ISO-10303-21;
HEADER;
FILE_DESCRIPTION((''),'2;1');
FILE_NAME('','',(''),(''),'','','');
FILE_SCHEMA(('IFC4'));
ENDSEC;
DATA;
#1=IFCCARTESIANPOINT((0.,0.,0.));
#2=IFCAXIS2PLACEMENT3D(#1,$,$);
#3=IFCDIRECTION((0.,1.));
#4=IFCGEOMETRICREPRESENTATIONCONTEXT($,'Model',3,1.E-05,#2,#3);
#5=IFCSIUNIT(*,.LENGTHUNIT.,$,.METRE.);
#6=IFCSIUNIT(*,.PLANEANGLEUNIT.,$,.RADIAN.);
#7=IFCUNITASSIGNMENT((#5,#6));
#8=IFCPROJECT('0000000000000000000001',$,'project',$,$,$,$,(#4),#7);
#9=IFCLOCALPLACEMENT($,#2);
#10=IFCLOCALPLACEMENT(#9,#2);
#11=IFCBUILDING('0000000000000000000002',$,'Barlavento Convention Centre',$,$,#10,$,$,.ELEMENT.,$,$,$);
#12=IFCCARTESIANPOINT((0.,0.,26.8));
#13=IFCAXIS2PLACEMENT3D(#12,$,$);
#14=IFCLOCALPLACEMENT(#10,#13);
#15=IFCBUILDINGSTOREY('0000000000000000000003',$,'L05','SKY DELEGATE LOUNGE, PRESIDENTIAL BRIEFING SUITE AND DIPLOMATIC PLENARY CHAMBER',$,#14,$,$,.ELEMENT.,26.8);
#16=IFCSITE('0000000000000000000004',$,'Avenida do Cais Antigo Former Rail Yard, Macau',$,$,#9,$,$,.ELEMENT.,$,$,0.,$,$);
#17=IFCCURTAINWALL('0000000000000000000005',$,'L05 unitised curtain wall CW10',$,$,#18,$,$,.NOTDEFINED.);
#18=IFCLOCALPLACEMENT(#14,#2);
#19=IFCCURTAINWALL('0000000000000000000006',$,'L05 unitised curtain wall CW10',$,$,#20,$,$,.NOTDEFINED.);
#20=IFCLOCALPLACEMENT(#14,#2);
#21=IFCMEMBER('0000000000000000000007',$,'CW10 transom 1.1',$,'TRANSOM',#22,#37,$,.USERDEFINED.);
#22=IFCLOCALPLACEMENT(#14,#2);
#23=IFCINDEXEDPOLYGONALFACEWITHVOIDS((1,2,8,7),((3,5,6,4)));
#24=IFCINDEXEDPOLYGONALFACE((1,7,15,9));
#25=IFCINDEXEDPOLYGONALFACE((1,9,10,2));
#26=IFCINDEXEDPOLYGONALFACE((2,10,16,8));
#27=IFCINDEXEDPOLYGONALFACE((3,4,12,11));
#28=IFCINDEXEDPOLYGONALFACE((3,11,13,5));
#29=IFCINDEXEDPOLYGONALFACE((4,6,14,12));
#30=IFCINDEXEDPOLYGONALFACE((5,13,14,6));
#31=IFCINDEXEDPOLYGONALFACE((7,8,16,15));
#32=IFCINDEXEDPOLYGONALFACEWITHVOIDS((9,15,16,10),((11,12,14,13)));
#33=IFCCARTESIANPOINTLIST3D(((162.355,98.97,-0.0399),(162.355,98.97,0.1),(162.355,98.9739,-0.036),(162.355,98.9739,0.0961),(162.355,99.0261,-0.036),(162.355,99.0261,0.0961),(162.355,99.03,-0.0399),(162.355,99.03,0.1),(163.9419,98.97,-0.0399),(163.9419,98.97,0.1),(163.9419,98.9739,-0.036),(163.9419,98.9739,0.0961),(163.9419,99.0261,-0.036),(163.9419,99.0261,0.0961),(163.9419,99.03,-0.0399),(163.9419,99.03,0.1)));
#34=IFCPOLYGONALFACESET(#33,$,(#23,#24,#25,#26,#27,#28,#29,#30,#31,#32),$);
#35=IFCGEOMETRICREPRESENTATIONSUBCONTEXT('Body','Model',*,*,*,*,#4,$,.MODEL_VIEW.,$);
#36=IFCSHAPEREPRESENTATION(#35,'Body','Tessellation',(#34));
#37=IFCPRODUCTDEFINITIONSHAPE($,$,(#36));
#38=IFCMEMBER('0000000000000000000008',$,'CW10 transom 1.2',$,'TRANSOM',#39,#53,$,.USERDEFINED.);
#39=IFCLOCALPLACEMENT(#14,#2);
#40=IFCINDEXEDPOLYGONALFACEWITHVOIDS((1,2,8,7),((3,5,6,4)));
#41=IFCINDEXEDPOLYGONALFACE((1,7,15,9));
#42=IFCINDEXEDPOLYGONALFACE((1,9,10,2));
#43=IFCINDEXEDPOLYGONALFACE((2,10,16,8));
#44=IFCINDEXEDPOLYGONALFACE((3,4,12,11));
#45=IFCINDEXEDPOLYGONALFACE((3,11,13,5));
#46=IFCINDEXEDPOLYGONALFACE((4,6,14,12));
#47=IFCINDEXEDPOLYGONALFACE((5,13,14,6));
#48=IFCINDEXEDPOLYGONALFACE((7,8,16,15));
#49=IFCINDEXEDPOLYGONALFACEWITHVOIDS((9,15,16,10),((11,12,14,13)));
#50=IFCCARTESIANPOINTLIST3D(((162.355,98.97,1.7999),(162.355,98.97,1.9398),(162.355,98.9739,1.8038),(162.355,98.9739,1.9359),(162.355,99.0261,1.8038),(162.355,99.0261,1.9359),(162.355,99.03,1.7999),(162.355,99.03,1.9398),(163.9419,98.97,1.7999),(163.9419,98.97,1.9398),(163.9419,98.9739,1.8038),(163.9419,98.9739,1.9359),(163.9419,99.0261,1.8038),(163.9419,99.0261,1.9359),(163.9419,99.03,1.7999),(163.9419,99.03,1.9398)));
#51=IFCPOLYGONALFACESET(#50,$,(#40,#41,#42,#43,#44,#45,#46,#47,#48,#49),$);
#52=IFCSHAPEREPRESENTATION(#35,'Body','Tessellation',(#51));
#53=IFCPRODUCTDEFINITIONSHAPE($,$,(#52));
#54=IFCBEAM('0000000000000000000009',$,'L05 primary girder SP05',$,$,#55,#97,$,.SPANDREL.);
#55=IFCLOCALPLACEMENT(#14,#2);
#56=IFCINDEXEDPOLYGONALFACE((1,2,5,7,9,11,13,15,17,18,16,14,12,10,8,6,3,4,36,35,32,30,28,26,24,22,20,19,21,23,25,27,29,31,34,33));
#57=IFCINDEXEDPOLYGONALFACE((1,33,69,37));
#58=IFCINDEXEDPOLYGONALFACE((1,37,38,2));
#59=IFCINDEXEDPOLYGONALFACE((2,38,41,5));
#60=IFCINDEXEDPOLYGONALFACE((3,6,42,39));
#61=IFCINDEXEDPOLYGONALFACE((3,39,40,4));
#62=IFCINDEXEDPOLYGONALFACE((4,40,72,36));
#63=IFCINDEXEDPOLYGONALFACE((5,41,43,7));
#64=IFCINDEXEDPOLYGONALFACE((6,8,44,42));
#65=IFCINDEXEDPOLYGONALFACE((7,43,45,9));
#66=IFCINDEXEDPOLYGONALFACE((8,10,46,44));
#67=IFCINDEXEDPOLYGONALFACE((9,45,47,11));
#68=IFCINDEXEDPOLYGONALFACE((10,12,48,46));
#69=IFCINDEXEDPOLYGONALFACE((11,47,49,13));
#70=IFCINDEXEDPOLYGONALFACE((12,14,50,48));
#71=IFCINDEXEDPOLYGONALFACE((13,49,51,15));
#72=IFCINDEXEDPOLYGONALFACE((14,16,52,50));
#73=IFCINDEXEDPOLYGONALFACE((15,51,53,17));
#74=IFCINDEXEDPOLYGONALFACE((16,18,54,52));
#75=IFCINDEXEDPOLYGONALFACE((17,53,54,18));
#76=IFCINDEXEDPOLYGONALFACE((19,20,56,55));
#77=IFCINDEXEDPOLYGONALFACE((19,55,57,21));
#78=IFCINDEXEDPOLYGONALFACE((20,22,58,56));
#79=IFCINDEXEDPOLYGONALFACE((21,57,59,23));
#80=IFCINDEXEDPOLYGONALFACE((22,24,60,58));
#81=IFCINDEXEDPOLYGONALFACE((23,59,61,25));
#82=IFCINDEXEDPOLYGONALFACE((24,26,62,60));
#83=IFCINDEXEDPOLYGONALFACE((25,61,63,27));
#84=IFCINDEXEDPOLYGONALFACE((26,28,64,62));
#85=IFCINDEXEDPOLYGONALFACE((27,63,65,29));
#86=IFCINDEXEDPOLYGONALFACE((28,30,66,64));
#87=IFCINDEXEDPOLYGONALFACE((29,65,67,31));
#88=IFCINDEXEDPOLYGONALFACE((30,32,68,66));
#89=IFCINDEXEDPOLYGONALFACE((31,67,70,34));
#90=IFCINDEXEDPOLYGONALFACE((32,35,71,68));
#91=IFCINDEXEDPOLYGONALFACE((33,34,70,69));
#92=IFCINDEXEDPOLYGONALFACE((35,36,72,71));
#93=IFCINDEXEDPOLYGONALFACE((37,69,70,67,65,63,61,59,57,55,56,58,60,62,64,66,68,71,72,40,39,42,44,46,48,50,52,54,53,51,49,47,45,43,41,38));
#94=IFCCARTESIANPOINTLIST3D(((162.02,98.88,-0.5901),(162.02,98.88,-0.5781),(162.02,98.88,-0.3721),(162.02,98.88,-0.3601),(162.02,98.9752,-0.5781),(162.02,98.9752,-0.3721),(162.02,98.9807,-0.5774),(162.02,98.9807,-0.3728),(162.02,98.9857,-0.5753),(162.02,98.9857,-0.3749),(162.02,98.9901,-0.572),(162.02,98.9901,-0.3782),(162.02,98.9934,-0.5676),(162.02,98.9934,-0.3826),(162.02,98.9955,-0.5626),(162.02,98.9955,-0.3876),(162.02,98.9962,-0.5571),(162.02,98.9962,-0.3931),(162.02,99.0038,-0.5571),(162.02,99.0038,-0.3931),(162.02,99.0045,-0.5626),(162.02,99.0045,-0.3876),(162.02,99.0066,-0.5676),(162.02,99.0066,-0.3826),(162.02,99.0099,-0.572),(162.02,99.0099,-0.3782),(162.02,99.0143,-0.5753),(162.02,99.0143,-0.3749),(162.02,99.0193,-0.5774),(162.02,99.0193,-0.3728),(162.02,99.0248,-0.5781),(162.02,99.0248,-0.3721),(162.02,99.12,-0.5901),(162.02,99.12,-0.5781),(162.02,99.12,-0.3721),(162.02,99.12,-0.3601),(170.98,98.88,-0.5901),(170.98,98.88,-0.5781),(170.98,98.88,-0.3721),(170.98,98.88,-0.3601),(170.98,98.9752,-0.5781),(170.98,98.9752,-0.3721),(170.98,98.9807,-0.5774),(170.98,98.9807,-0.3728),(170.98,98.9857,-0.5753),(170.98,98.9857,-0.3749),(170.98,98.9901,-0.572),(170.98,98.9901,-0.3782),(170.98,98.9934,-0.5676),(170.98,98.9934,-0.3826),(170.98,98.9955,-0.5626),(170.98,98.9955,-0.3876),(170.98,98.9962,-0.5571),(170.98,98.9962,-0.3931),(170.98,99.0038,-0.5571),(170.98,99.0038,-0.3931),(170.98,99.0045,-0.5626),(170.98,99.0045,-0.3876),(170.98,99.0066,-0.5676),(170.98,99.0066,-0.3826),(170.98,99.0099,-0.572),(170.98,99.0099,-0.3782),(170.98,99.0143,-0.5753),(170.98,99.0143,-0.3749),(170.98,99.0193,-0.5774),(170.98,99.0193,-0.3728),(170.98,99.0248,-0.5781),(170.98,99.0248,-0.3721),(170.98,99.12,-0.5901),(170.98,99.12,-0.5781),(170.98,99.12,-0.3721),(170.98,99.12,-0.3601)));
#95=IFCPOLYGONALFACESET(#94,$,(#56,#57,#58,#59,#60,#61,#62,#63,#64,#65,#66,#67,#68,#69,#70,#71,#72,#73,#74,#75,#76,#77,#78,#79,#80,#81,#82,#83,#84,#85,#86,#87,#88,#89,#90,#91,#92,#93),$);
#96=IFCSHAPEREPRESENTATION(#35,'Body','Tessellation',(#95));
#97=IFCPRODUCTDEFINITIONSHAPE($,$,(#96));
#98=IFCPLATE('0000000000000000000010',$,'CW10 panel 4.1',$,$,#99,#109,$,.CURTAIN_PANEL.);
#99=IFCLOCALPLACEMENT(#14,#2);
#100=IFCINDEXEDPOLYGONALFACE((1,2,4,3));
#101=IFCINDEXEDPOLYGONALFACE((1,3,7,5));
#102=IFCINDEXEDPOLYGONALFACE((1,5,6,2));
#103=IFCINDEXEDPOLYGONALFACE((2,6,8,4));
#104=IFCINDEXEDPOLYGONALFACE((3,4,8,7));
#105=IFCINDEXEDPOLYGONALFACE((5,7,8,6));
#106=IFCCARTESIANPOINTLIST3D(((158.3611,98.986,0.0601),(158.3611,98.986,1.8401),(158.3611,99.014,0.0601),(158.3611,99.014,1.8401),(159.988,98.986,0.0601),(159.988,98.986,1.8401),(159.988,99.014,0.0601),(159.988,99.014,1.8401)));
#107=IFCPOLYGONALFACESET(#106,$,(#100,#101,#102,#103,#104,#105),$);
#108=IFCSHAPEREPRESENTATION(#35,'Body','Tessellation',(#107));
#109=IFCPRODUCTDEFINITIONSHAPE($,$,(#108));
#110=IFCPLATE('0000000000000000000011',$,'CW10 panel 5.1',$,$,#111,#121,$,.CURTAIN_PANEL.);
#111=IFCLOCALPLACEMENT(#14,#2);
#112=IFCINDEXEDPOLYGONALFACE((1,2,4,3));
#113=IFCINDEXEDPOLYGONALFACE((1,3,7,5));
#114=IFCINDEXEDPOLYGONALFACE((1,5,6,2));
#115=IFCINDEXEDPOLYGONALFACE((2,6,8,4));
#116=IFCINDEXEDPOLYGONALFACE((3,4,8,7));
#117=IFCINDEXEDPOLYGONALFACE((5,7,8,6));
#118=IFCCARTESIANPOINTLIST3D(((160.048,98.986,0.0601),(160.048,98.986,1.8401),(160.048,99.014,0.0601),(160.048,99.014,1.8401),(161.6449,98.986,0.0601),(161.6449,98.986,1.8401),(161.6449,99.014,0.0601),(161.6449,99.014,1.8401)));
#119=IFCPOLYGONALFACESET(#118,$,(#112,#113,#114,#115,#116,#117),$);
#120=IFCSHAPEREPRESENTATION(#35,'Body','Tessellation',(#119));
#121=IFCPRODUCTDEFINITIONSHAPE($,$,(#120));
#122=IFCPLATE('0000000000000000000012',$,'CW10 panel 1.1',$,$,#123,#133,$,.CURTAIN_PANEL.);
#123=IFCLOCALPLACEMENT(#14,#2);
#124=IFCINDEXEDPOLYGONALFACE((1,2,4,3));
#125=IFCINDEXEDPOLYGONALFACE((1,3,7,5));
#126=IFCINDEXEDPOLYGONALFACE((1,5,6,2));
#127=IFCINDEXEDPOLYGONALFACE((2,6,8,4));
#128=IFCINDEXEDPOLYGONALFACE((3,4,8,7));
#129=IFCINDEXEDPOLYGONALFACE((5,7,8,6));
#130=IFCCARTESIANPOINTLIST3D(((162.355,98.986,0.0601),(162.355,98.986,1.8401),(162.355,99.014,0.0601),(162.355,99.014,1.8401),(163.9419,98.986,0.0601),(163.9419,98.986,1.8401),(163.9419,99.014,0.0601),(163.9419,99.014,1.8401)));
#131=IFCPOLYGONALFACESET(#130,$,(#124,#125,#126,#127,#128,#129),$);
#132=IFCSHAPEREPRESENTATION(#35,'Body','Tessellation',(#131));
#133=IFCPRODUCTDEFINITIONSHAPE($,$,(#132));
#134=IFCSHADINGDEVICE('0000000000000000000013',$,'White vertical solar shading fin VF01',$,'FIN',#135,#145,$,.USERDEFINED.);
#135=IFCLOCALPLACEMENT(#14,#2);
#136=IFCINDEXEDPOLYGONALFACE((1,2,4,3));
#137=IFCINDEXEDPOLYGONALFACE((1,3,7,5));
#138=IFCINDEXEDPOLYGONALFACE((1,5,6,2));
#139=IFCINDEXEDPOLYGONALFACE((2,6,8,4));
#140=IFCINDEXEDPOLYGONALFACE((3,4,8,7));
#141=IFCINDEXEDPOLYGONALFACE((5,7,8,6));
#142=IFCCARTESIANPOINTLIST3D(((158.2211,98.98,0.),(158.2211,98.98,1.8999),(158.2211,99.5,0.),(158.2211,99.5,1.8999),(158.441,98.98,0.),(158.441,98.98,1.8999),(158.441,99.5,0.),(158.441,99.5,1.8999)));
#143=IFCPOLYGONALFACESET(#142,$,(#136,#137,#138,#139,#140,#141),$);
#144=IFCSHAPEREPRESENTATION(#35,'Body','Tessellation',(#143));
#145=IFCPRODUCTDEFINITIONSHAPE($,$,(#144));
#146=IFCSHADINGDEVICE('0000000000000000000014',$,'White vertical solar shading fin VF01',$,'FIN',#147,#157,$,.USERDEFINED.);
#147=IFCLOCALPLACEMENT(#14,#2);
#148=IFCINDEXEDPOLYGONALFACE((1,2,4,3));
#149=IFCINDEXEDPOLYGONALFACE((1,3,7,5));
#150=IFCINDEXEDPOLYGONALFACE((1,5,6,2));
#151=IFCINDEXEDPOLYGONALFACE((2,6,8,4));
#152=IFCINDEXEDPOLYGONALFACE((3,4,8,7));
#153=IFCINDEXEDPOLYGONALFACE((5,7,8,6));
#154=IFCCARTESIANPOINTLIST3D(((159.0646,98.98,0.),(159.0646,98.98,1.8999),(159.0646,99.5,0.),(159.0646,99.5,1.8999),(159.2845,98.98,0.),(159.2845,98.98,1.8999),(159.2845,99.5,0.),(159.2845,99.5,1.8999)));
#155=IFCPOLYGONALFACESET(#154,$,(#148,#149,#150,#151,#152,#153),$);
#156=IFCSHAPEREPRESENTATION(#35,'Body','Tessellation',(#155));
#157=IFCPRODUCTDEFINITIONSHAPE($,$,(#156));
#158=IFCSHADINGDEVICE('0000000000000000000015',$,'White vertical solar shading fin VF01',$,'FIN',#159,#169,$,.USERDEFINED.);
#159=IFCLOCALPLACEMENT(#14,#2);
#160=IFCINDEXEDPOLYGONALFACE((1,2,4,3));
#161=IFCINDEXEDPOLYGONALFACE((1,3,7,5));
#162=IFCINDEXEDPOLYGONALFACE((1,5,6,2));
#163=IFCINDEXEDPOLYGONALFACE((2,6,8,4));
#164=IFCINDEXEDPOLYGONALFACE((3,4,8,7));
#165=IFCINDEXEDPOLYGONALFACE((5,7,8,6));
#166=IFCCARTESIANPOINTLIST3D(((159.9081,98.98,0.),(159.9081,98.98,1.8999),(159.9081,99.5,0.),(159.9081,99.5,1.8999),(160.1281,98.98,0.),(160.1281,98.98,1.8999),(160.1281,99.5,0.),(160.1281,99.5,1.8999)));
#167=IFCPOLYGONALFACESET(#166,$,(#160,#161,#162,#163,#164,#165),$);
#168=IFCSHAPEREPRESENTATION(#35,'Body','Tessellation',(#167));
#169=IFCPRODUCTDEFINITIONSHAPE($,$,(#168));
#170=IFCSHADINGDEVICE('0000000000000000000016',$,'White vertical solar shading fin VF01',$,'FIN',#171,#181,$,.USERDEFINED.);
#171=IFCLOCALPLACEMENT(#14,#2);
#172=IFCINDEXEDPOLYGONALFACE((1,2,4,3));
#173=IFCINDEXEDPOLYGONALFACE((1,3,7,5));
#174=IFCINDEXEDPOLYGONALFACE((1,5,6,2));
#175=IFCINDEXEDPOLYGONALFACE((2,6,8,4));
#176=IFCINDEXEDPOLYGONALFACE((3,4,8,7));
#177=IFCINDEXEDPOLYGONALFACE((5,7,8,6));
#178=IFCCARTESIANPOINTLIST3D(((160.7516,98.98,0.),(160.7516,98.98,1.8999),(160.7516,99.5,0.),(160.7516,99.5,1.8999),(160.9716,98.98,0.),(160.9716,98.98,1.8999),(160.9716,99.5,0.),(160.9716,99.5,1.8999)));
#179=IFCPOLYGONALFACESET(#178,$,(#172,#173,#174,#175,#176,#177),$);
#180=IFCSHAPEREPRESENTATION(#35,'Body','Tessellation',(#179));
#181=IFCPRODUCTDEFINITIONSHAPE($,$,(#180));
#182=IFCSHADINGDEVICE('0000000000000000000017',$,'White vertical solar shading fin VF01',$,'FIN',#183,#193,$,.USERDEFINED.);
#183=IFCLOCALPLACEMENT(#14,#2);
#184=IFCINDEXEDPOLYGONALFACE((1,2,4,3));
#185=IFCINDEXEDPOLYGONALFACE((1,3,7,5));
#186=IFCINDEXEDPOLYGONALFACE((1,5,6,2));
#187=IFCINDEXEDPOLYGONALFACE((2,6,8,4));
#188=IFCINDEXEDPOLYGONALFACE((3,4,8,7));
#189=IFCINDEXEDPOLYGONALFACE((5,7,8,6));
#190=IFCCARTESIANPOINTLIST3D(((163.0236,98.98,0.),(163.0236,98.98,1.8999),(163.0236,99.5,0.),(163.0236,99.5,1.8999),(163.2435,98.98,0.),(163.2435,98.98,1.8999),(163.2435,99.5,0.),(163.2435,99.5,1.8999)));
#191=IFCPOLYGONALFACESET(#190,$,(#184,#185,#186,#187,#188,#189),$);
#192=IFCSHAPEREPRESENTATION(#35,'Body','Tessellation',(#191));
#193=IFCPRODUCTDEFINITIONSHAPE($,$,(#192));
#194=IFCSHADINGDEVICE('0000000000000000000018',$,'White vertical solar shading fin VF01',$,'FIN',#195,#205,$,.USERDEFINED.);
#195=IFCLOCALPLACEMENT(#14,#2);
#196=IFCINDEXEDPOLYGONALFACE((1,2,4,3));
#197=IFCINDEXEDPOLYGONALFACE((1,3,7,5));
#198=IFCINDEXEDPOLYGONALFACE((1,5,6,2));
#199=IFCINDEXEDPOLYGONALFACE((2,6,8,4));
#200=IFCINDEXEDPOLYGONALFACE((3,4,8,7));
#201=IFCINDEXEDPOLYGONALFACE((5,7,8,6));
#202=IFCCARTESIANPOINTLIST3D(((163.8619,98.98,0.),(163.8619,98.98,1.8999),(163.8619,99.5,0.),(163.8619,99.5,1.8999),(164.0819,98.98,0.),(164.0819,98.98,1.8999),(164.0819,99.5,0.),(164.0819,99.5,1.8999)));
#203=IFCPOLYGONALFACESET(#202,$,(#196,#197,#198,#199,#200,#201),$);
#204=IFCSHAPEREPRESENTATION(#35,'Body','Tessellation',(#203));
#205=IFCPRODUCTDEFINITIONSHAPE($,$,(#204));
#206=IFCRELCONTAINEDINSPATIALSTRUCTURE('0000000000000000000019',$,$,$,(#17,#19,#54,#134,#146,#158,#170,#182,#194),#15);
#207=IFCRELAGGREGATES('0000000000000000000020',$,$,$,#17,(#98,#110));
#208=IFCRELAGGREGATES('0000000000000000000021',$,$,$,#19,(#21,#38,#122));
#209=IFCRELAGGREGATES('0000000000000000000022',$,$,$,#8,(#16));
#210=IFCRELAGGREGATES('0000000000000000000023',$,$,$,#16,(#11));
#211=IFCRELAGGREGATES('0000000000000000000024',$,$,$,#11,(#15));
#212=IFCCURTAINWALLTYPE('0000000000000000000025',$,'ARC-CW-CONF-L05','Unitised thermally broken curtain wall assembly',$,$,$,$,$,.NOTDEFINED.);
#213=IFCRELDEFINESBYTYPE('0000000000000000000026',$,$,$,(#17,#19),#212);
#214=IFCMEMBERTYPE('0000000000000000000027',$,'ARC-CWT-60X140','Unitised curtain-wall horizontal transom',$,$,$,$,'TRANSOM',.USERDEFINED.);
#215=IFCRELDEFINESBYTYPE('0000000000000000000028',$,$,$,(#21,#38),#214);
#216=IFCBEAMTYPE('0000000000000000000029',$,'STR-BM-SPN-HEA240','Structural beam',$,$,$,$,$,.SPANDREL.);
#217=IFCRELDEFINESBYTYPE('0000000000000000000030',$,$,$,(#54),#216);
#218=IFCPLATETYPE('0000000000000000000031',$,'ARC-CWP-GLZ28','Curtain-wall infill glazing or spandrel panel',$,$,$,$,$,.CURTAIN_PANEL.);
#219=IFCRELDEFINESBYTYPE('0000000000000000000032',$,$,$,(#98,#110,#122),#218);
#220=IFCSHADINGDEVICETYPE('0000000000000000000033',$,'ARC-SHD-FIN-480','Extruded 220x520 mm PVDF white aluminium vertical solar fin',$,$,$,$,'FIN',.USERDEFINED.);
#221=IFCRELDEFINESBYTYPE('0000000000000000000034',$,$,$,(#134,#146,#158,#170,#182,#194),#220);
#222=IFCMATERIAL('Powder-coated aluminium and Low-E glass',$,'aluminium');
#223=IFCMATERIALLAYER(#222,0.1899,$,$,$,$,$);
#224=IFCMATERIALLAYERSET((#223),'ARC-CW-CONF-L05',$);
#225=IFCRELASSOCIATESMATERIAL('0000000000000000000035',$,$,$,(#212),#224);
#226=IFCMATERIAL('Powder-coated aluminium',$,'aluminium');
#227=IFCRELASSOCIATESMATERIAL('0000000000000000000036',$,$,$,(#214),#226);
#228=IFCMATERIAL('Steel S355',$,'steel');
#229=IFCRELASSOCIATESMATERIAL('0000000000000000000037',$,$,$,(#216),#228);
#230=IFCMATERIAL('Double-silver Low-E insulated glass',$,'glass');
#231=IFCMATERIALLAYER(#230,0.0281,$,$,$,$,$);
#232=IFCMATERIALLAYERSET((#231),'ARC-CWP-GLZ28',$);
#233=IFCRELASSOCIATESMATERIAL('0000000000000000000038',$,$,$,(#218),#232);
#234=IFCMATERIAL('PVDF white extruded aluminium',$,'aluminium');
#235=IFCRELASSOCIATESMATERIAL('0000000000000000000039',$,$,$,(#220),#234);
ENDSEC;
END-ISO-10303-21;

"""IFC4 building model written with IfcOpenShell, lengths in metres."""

from ifc_helpers import new_model, si_unit, direction, frame, origin, origin_2d, place, context, subcontext, project, spatial, rectangle, hollow_rectangle, i_section, extrude, material, layer, layer_set, material_profile, profile_set, type_object, element, aggregate, save


model = new_model("IFC4")

# Units and contexts
model_context = context("Model", 3, precision=1e-05, world=origin(), true_north=direction((0.0, 1.0)))
body_context = subcontext(model_context, "Body", "Model", "MODEL_VIEW")
ifc_project = project(units=[si_unit("LENGTHUNIT", "METRE"), si_unit("PLANEANGLEUNIT", "RADIAN")], contexts=[model_context])

# Site, building, storey
site_placement = place(None, origin())
site = spatial("IfcSite", under=ifc_project, at=site_placement, Name="Avenida do Cais Antigo Former Rail Yard, Macau", CompositionType="ELEMENT", RefElevation=0.0)
building_placement = place(site_placement, origin())
building = spatial("IfcBuilding", under=site, at=building_placement, Name="Barlavento Convention Centre", CompositionType="ELEMENT")
storey_placement = place(building_placement, frame((0.0, 0.0, 26.8)))
storey = spatial("IfcBuildingStorey", under=building, at=storey_placement, Name="L05", Description="SKY DELEGATE LOUNGE, PRESIDENTIAL BRIEFING SUITE AND DIPLOMATIC PLENARY CHAMBER", CompositionType="ELEMENT", Elevation=26.8)

# Shared definitions
ifc_material_1 = material(Name="Steel S355", Category="steel")

# Curtain walls
ifc_material_2 = material(Name="Powder-coated aluminium and Low-E glass", Category="aluminium")
ifc_layer_1 = layer(ifc_material_2, 0.1899)
ifc_layer_set_1 = layer_set([ifc_layer_1], Name="ARC-CW-CONF-L05")
curtain_wall_type = type_object("IfcCurtainWallType", Name="ARC-CW-CONF-L05", Description="Unitised thermally broken curtain wall assembly", PredefinedType="NOTDEFINED", material=ifc_layer_set_1)
curtain_wall_1_placement = place(storey_placement, origin())
curtain_wall_1 = element("IfcCurtainWall", 1, at=curtain_wall_1_placement, inside=storey, type_object=curtain_wall_type, Name="L05 unitised curtain wall CW10", PredefinedType="NOTDEFINED")
ifc_material_3 = material(Name="Powder-coated aluminium", Category="aluminium")
curtain_wall_2_placement = place(storey_placement, origin())
curtain_wall_2 = element("IfcCurtainWall", 2, at=curtain_wall_2_placement, inside=storey, type_object=curtain_wall_type, Name="L05 unitised curtain wall CW10", PredefinedType="NOTDEFINED")

# Members
ifc_material_profile_1 = material_profile(ifc_material_3, hollow_rectangle(XDim=0.0601, YDim=0.1399, WallThickness=0.0039, at=origin_2d()), Name="AL-TRAN 60x140x4")
ifc_profile_set_1 = profile_set([ifc_material_profile_1], Name="Powder-coated aluminium")
member_type_1 = type_object("IfcMemberType", Name="ARC-CWT-60X140", Description="Unitised curtain-wall horizontal transom", ElementType="TRANSOM", PredefinedType="USERDEFINED", material=ifc_profile_set_1)
member_1_placement = place(storey_placement, frame((162.355, 99.0, 0.03), z_axis=(1.0, 0.0, 0.0), x_axis=(0.0, 1.0, 0.0)))
member_1 = element("IfcMember", 3, at=member_1_placement, type_object=member_type_1, Name="CW10 transom 1.1", ObjectType="TRANSOM", PredefinedType="USERDEFINED", context=body_context, shape_type="SweptSolid", body=[
    extrude(hollow_rectangle(XDim=0.0601, YDim=0.1399, WallThickness=0.0039, at=origin_2d()), origin(), (0.0, 0.0, 1.0), 1.5869),
])
member_2_placement = place(storey_placement, frame((162.355, 99.0, 1.8699), z_axis=(1.0, 0.0, 0.0), x_axis=(0.0, 1.0, 0.0)))
member_2 = element("IfcMember", 4, at=member_2_placement, type_object=member_type_1, Name="CW10 transom 1.2", ObjectType="TRANSOM", PredefinedType="USERDEFINED", context=body_context, shape_type="SweptSolid", body=[
    extrude(hollow_rectangle(XDim=0.0601, YDim=0.1399, WallThickness=0.0039, at=origin_2d()), origin(), (0.0, 0.0, 1.0), 1.5869),
])

# Beam
ifc_material_profile_2 = material_profile(ifc_material_1, i_section(OverallWidth=0.24, OverallDepth=0.23, WebThickness=0.0076, FlangeThickness=0.012, FilletRadius=0.021, at=origin_2d()), Name="HEA 240")
ifc_profile_set_2 = profile_set([ifc_material_profile_2], Name="Steel S355")
beam_type = type_object("IfcBeamType", Name="STR-BM-SPN-HEA240", Description="Structural beam", PredefinedType="SPANDREL", material=ifc_profile_set_2)
beam_placement = place(storey_placement, frame((162.02, 99.0, -0.4751), z_axis=(1.0, 0.0, 0.0), x_axis=(0.0, 1.0, 0.0)))
element("IfcBeam", 5, at=beam_placement, inside=storey, type_object=beam_type, Name="L05 primary girder SP05", PredefinedType="SPANDREL", context=body_context, shape_type="SweptSolid", body=[
    extrude(i_section(OverallWidth=0.24, OverallDepth=0.23, WebThickness=0.0076, FlangeThickness=0.012, FilletRadius=0.021, at=origin_2d()), origin(), (0.0, 0.0, 1.0), 8.96),
])

# Plates
ifc_material_4 = material(Name="Double-silver Low-E insulated glass", Category="glass")
ifc_layer_2 = layer(ifc_material_4, 0.0281)
ifc_layer_set_2 = layer_set([ifc_layer_2], Name="ARC-CWP-GLZ28")
plate_type = type_object("IfcPlateType", Name="ARC-CWP-GLZ28", Description="Curtain-wall infill glazing or spandrel panel", PredefinedType="CURTAIN_PANEL", material=ifc_layer_set_2)
plate_1_placement = place(storey_placement, frame((159.1746, 99.0, 0.0601), z_axis=(0.0, 0.0, 1.0), x_axis=(1.0, 0.0, 0.0)))
plate_1 = element("IfcPlate", 6, at=plate_1_placement, type_object=plate_type, Name="CW10 panel 4.1", PredefinedType="CURTAIN_PANEL", context=body_context, shape_type="SweptSolid", body=[
    extrude(rectangle(XDim=1.627, YDim=0.0281, at=origin_2d()), origin(), (0.0, 0.0, 1.0), 1.78),
])
plate_2_placement = place(storey_placement, frame((160.8464, 99.0, 0.0601), z_axis=(0.0, 0.0, 1.0), x_axis=(1.0, 0.0, 0.0)))
plate_2 = element("IfcPlate", 7, at=plate_2_placement, type_object=plate_type, Name="CW10 panel 5.1", PredefinedType="CURTAIN_PANEL", context=body_context, shape_type="SweptSolid", body=[
    extrude(rectangle(XDim=1.5969, YDim=0.0281, at=origin_2d()), origin(), (0.0, 0.0, 1.0), 1.78),
])
aggregate(curtain_wall_1, [plate_1, plate_2])
plate_3_placement = place(storey_placement, frame((163.1484, 99.0, 0.0601), z_axis=(0.0, 0.0, 1.0), x_axis=(1.0, 0.0, 0.0)))
plate_3 = element("IfcPlate", 8, at=plate_3_placement, type_object=plate_type, Name="CW10 panel 1.1", PredefinedType="CURTAIN_PANEL", context=body_context, shape_type="SweptSolid", body=[
    extrude(rectangle(XDim=1.5869, YDim=0.0281, at=origin_2d()), origin(), (0.0, 0.0, 1.0), 1.78),
])
aggregate(curtain_wall_2, [member_1, member_2, plate_3])

# Shading devices
ifc_material_5 = material(Name="PVDF white extruded aluminium", Category="aluminium")
shading_device_type = type_object("IfcShadingDeviceType", Name="ARC-SHD-FIN-480", Description="Extruded 220x520 mm PVDF white aluminium vertical solar fin", ElementType="FIN", PredefinedType="USERDEFINED", material=ifc_material_5)
for number, where, z_axis, x_axis, name in (
    (9, (158.3311, 99.24, 0.0), (0.0, 0.0, 1.0), (1.0, 0.0, 0.0), "White vertical solar shading fin VF01"),
    (10, (159.1746, 99.24, 0.0), (0.0, 0.0, 1.0), (1.0, 0.0, 0.0), "White vertical solar shading fin VF01"),
    (11, (160.0181, 99.24, 0.0), (0.0, 0.0, 1.0), (1.0, 0.0, 0.0), "White vertical solar shading fin VF01"),
    (12, (160.8616, 99.24, 0.0), (0.0, 0.0, 1.0), (1.0, 0.0, 0.0), "White vertical solar shading fin VF01"),
    (13, (163.1335, 99.24, 0.0), (0.0, 0.0, 1.0), (1.0, 0.0, 0.0), "White vertical solar shading fin VF01"),
    (14, (163.9719, 99.24, 0.0), (0.0, 0.0, 1.0), (1.0, 0.0, 0.0), "White vertical solar shading fin VF01"),
):
    element("IfcShadingDevice", number, at=place(storey_placement, frame(where, z_axis=z_axis, x_axis=x_axis)), inside=storey, type_object=shading_device_type, Name=name, ObjectType="FIN", PredefinedType="USERDEFINED", context=body_context, shape_type="SweptSolid", body=[
        extrude(rectangle(XDim=0.22, YDim=0.52, at=origin_2d()), origin(), (0.0, 0.0, 1.0), 1.8999),
    ])

save(model, "model.ifc")
